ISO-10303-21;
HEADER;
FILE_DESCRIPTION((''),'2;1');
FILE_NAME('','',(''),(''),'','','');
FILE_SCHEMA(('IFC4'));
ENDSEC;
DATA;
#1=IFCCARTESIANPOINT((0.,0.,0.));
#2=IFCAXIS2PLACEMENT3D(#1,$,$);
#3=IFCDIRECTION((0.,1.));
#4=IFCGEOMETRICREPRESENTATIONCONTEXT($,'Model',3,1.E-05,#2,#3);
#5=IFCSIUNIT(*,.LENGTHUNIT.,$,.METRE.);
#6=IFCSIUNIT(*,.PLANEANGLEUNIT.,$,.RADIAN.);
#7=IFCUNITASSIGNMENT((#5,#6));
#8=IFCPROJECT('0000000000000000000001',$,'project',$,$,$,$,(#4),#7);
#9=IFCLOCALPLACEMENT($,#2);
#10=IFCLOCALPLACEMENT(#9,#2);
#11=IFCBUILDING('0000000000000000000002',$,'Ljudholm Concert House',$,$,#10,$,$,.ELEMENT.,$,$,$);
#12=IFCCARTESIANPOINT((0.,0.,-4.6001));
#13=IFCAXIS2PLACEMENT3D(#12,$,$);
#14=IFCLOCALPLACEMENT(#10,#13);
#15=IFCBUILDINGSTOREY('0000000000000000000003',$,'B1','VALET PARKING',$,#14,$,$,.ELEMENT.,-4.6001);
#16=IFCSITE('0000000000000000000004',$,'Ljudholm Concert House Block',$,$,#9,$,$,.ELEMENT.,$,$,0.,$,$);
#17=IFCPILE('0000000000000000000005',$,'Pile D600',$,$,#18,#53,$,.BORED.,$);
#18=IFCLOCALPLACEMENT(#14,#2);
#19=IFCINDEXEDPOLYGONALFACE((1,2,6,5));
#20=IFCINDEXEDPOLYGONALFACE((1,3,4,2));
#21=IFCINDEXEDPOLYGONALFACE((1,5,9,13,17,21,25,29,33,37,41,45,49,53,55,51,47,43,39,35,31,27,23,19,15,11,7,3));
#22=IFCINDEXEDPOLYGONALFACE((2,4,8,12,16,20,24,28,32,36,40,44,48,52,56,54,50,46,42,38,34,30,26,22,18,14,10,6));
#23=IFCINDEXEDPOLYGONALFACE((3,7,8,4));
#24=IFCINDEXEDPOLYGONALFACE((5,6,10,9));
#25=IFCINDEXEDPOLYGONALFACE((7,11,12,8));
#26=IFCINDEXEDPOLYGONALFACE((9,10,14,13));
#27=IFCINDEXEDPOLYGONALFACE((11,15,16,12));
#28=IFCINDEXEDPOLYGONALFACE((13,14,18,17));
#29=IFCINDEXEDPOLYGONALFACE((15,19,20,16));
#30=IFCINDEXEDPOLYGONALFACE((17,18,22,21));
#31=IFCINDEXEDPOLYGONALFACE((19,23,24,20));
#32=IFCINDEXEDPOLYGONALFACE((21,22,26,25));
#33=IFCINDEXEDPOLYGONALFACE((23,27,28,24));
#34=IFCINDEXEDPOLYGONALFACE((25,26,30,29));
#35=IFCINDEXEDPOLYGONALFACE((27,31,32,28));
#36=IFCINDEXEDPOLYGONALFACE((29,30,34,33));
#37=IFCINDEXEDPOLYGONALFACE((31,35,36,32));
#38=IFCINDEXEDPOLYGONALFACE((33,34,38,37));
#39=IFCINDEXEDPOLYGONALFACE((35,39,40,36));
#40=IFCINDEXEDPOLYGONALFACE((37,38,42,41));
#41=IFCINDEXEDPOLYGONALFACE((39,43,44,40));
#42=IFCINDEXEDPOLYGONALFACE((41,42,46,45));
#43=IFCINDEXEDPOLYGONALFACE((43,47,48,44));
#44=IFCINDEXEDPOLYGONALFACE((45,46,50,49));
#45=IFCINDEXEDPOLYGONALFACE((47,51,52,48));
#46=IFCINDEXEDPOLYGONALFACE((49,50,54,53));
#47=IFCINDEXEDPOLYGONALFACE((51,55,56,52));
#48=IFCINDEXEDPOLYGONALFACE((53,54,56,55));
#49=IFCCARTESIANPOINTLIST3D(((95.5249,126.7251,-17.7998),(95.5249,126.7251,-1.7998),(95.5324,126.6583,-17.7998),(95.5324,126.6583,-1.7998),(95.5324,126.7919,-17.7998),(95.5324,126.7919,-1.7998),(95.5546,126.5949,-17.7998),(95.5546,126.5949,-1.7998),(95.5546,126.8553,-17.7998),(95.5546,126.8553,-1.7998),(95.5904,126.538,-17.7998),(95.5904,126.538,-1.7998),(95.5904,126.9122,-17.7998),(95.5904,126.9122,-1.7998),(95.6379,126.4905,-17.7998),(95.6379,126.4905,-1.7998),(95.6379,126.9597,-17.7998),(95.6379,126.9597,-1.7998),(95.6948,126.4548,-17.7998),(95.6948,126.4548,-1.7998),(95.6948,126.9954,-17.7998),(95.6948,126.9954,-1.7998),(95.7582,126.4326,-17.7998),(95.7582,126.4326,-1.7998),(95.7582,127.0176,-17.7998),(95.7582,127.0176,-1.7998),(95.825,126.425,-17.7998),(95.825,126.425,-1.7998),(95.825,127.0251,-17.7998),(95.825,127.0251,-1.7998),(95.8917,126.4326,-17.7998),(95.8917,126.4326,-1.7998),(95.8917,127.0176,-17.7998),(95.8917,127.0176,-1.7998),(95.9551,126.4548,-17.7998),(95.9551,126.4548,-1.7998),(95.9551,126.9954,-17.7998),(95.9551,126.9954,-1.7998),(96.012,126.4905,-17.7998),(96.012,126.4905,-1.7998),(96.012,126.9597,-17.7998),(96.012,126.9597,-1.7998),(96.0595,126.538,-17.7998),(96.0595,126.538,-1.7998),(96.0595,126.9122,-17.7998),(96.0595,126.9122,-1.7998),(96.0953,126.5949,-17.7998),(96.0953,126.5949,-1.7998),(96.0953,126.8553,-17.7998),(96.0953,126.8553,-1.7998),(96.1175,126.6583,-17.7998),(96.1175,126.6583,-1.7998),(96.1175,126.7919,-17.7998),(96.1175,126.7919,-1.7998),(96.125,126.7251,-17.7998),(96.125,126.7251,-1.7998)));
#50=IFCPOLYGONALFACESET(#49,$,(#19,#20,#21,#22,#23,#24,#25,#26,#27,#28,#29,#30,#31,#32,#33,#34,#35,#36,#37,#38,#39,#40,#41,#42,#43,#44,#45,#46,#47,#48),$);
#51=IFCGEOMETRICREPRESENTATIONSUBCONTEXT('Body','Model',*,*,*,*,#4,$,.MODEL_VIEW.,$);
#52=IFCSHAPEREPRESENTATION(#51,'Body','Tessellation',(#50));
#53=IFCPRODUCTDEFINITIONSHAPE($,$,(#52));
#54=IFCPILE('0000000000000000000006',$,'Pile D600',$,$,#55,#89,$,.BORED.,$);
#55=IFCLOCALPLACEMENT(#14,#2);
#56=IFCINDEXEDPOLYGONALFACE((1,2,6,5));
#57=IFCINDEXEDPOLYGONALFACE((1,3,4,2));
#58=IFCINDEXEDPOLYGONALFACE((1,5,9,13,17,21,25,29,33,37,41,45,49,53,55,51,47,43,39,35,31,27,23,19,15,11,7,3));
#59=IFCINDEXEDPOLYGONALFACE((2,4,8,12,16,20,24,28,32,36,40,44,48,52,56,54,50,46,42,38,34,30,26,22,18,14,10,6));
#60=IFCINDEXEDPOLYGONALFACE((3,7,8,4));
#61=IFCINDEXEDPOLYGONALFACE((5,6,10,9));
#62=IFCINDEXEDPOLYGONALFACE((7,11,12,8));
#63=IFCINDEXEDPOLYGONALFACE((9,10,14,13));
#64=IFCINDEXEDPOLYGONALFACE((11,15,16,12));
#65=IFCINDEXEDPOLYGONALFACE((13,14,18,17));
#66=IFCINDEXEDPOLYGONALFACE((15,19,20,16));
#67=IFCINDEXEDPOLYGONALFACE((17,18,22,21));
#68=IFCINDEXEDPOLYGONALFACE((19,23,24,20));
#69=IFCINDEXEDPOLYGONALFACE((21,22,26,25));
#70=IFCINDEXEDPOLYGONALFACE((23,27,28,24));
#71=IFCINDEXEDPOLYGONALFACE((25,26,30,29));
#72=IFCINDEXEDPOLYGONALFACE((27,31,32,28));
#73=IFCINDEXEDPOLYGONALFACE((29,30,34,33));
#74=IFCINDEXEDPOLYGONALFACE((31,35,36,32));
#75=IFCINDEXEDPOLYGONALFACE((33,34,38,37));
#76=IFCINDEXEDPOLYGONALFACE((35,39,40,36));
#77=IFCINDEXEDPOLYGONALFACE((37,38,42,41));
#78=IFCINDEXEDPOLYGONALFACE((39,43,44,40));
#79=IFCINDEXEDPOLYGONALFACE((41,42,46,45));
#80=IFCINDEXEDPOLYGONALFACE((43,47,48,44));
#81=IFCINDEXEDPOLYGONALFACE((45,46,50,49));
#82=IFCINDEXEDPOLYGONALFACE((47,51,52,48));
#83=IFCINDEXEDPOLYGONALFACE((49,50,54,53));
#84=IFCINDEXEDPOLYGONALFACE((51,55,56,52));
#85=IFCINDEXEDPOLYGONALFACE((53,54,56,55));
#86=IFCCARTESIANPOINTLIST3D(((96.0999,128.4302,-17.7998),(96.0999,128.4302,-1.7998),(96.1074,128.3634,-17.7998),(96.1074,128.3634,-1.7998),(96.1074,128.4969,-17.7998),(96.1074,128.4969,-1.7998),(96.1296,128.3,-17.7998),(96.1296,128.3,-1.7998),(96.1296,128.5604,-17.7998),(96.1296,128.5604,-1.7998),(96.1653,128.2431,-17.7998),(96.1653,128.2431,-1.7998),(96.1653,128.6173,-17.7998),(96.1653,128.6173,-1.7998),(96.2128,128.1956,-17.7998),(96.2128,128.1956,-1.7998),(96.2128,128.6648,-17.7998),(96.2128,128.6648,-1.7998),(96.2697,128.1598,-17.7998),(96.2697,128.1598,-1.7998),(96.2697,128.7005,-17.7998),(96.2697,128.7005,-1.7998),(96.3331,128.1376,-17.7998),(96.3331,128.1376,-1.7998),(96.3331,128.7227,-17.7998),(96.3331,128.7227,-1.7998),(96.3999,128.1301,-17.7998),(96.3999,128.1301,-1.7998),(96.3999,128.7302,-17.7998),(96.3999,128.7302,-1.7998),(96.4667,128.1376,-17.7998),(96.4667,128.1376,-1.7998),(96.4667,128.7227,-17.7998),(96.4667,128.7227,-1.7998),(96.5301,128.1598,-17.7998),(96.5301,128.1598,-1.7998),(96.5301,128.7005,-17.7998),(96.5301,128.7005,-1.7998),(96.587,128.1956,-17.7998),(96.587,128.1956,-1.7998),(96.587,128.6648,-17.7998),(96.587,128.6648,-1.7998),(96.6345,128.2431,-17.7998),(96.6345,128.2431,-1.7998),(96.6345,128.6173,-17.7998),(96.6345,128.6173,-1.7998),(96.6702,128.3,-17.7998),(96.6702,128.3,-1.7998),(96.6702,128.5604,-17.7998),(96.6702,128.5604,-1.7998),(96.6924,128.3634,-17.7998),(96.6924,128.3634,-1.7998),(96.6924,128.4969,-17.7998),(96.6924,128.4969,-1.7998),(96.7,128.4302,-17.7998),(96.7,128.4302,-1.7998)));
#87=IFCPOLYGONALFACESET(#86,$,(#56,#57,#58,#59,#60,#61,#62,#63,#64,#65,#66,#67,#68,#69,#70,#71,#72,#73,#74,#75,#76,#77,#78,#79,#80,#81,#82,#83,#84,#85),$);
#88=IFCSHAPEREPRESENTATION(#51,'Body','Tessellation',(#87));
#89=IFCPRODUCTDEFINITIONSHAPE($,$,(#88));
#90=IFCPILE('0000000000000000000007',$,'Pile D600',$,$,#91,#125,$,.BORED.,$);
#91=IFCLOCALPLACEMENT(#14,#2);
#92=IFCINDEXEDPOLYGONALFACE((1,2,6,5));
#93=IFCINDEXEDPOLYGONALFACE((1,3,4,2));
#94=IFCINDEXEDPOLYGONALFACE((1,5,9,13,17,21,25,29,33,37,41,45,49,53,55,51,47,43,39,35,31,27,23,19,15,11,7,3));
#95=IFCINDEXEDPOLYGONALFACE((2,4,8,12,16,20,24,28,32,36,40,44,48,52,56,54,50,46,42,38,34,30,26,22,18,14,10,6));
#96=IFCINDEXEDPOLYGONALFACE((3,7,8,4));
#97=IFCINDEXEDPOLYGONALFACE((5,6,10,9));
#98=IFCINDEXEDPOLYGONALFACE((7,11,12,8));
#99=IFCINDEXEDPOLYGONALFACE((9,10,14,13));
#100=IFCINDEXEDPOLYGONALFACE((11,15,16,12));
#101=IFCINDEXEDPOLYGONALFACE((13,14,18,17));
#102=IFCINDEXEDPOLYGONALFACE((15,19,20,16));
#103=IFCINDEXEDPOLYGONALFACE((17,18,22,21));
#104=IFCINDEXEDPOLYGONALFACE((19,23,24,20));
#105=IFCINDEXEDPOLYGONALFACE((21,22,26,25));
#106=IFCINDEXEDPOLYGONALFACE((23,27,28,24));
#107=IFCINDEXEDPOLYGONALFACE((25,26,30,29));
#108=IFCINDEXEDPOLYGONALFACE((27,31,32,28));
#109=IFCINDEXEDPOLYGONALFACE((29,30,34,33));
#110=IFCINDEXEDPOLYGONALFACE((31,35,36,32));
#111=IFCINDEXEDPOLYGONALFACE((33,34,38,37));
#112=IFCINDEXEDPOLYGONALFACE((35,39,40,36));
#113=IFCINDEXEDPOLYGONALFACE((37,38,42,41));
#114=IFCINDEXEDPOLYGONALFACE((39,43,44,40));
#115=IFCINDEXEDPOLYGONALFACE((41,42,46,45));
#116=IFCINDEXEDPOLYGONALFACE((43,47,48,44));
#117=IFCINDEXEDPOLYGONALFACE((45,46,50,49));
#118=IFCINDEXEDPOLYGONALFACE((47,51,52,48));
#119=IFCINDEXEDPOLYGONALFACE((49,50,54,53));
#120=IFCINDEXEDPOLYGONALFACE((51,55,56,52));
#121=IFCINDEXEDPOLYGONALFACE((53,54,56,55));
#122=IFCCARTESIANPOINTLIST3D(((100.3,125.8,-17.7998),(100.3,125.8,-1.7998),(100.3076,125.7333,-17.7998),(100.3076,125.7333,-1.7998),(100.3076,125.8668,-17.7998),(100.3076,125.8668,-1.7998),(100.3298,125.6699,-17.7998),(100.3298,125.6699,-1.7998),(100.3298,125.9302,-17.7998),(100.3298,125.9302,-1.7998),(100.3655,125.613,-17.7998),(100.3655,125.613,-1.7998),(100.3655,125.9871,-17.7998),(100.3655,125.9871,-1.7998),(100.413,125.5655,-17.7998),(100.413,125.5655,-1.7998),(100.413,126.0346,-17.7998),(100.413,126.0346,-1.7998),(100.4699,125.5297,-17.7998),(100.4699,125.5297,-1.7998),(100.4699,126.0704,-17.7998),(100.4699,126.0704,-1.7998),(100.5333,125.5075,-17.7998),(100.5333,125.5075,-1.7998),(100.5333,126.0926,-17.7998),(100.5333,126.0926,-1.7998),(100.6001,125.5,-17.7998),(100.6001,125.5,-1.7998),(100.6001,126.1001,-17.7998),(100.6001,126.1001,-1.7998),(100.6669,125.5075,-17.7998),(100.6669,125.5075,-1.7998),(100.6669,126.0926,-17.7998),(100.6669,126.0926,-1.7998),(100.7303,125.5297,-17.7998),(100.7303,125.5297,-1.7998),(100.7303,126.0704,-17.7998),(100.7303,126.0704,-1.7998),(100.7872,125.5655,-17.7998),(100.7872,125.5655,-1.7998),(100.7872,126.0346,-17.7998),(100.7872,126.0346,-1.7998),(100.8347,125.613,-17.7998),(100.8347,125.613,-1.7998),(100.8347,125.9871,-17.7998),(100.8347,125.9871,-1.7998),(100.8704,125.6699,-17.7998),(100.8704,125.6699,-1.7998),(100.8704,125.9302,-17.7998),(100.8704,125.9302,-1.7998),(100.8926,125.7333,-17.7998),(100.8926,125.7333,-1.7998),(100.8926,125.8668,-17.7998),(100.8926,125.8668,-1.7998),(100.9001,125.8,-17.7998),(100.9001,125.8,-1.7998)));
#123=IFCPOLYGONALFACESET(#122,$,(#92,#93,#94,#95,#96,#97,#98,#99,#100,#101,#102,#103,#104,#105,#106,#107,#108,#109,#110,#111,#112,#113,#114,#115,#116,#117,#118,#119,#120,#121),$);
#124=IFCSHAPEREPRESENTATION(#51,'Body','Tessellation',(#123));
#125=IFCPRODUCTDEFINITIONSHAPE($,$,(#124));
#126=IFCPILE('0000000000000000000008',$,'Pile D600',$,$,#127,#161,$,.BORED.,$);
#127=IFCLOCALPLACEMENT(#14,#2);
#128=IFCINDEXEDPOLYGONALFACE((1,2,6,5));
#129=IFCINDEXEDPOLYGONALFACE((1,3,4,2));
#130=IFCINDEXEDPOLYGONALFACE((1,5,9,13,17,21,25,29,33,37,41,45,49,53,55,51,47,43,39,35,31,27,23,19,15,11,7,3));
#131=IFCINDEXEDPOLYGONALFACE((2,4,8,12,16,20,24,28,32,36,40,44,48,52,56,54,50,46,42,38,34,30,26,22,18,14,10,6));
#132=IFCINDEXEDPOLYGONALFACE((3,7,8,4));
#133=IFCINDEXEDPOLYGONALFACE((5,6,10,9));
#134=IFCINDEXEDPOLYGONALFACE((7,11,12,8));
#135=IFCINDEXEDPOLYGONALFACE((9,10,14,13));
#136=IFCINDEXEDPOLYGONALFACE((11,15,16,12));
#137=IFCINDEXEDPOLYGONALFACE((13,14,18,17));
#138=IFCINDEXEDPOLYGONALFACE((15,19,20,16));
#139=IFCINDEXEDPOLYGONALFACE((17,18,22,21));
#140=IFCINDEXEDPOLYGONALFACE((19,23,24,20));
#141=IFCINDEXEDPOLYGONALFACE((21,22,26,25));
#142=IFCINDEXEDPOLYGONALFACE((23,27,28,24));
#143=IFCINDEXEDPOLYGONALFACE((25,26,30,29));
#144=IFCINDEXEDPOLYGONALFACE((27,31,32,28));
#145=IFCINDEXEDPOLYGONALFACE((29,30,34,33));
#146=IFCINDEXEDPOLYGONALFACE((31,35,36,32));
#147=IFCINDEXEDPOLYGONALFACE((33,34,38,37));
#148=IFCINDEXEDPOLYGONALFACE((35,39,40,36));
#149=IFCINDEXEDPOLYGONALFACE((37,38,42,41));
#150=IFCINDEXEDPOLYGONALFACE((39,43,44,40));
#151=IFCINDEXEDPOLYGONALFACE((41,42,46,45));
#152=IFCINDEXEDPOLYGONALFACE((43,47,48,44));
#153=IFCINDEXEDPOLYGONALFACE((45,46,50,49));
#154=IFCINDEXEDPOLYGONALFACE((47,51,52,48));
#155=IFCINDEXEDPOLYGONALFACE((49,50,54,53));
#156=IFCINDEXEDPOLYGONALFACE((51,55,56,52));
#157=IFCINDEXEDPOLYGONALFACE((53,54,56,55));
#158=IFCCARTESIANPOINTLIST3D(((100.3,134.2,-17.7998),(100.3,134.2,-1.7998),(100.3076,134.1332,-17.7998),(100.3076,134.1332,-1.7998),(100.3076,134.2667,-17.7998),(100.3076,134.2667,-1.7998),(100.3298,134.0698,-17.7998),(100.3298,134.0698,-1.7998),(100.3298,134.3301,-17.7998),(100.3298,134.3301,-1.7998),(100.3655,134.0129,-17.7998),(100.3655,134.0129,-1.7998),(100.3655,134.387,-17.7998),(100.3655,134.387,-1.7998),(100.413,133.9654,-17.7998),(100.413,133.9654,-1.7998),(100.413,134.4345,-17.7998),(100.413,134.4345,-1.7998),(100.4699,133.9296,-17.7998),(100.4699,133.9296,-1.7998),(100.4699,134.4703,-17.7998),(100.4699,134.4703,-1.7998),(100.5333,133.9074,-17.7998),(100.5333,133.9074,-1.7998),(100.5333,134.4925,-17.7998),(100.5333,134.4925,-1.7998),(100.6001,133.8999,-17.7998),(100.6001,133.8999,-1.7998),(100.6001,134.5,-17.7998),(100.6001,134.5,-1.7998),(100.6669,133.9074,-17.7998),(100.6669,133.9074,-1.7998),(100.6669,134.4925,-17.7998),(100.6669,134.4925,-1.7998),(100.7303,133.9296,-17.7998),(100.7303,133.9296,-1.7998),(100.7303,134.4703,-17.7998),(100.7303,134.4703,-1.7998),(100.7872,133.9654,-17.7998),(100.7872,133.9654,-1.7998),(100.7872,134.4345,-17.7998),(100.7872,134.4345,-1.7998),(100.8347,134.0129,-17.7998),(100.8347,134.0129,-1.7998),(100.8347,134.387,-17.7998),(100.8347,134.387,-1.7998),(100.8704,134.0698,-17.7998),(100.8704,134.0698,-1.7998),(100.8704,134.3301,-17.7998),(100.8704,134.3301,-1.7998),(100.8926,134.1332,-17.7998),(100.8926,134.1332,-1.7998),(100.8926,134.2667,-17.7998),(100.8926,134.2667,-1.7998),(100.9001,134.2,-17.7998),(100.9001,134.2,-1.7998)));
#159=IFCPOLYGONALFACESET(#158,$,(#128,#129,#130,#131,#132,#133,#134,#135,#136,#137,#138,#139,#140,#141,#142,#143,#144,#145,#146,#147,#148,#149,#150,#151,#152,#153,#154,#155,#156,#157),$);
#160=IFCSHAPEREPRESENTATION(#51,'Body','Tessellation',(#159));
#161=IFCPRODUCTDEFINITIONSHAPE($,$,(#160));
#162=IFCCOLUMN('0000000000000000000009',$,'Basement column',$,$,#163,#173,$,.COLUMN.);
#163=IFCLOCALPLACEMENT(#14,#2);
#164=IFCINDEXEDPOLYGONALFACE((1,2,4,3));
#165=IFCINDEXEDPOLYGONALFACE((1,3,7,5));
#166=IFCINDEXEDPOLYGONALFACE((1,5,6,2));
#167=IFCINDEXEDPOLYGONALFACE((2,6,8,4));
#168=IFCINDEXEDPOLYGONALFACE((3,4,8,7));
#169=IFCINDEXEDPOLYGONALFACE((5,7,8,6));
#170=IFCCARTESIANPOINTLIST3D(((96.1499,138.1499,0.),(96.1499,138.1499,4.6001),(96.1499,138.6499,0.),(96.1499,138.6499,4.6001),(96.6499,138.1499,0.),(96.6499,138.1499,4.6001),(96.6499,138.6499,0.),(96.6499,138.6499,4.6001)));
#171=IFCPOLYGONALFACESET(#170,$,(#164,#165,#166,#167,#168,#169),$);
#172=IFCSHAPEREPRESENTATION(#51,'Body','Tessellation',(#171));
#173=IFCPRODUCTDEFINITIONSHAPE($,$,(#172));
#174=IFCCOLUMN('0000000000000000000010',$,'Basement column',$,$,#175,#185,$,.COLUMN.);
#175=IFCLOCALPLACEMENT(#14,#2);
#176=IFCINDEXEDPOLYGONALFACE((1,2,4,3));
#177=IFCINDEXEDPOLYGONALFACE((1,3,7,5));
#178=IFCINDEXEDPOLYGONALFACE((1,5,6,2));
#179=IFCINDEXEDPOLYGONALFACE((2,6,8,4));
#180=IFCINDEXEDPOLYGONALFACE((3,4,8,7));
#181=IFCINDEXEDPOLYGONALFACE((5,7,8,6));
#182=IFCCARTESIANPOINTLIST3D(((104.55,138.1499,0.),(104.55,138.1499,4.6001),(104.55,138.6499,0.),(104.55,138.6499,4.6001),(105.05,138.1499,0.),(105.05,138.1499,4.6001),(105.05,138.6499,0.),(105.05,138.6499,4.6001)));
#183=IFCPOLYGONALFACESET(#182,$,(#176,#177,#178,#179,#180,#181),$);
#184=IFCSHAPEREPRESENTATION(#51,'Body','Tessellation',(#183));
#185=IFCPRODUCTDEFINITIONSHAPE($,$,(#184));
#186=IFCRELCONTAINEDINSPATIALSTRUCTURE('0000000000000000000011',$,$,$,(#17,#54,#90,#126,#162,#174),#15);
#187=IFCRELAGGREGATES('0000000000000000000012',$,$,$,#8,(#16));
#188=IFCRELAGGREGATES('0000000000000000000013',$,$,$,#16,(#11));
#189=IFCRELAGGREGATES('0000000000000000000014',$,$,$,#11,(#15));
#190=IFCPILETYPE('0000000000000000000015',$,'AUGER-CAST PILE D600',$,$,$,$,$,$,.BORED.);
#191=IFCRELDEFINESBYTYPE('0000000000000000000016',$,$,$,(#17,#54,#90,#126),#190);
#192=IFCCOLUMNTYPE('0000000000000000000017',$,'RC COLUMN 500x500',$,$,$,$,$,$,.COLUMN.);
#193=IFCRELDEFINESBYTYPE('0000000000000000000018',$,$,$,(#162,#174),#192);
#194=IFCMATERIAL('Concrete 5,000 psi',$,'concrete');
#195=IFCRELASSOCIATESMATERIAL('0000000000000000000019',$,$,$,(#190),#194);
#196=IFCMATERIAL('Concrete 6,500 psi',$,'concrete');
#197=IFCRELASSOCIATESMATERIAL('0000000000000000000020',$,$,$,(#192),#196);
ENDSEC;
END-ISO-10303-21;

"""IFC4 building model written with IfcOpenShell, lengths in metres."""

from ifc_helpers import new_model, si_unit, direction, frame, origin, origin_2d, place, context, subcontext, project, spatial, rectangle, circle, extrude, material, material_profile, profile_set, type_object, element, save


model = new_model("IFC4")

# Units and contexts
model_context = context("Model", 3, precision=1e-05, world=origin(), true_north=direction((0.0, 1.0)))
body_context = subcontext(model_context, "Body", "Model", "MODEL_VIEW")
ifc_project = project(units=[si_unit("LENGTHUNIT", "METRE"), si_unit("PLANEANGLEUNIT", "RADIAN")], contexts=[model_context])

# Site, building, storey
site_placement = place(None, origin())
site = spatial("IfcSite", under=ifc_project, at=site_placement, Name="Ljudholm Concert House Block", CompositionType="ELEMENT", RefElevation=0.0)
building_placement = place(site_placement, origin())
building = spatial("IfcBuilding", under=site, at=building_placement, Name="Ljudholm Concert House", CompositionType="ELEMENT")
storey_placement = place(building_placement, frame((0.0, 0.0, -4.6001)))
storey = spatial("IfcBuildingStorey", under=building, at=storey_placement, Name="B1", Description="VALET PARKING", CompositionType="ELEMENT", Elevation=-4.6001)

# Piles
ifc_material_1 = material(Name="Concrete 5,000 psi", Category="concrete")
ifc_material_profile_1 = material_profile(ifc_material_1, circle(Radius=0.3, at=origin_2d()), Name="AUGER-CAST PILE D600")
ifc_profile_set_1 = profile_set([ifc_material_profile_1], Name="Concrete 5,000 psi")
pile_type = type_object("IfcPileType", Name="AUGER-CAST PILE D600", PredefinedType="BORED", material=ifc_profile_set_1)
for number, where, z_axis, x_axis, name in (
    (1, (95.825, 126.7251, -1.7998), (0.0, 0.0, -1.0), (1.0, 0.0, 0.0), "Pile D600"),
    (2, (96.3999, 128.4302, -1.7998), (0.0, 0.0, -1.0), (1.0, 0.0, 0.0), "Pile D600"),
    (3, (100.6001, 125.8, -1.7998), (0.0, 0.0, -1.0), (1.0, 0.0, 0.0), "Pile D600"),
    (4, (100.6001, 134.2, -1.7998), (0.0, 0.0, -1.0), (1.0, 0.0, 0.0), "Pile D600"),
):
    element("IfcPile", number, at=place(storey_placement, frame(where, z_axis=z_axis, x_axis=x_axis)), inside=storey, type_object=pile_type, Name=name, PredefinedType="BORED", context=body_context, shape_type="SweptSolid", body=[
        extrude(circle(Radius=0.3, at=origin_2d()), origin(), (0.0, 0.0, 1.0), 16.0),
    ])

# Columns
ifc_material_2 = material(Name="Concrete 6,500 psi", Category="concrete")
ifc_material_profile_2 = material_profile(ifc_material_2, rectangle(XDim=0.5, YDim=0.5, at=origin_2d()), Name="RC COLUMN 500x500")
ifc_profile_set_2 = profile_set([ifc_material_profile_2], Name="Concrete 6,500 psi")
column_type_1 = type_object("IfcColumnType", Name="RC COLUMN 500x500", PredefinedType="COLUMN", material=ifc_profile_set_2)
for number, where, z_axis, x_axis, name in (
    (5, (96.3999, 138.3999, 0.0), (0.0, 0.0, 1.0), (1.0, 0.0, 0.0), "Basement column"),
    (6, (104.8, 138.3999, 0.0), (0.0, 0.0, 1.0), (1.0, 0.0, 0.0), "Basement column"),
):
    element("IfcColumn", number, at=place(storey_placement, frame(where, z_axis=z_axis, x_axis=x_axis)), inside=storey, type_object=column_type_1, Name=name, PredefinedType="COLUMN", context=body_context, shape_type="SweptSolid", body=[
        extrude(rectangle(XDim=0.5, YDim=0.5, at=origin_2d()), origin(), (0.0, 0.0, 1.0), 4.6001),
    ])

save(model, "model.ifc")
